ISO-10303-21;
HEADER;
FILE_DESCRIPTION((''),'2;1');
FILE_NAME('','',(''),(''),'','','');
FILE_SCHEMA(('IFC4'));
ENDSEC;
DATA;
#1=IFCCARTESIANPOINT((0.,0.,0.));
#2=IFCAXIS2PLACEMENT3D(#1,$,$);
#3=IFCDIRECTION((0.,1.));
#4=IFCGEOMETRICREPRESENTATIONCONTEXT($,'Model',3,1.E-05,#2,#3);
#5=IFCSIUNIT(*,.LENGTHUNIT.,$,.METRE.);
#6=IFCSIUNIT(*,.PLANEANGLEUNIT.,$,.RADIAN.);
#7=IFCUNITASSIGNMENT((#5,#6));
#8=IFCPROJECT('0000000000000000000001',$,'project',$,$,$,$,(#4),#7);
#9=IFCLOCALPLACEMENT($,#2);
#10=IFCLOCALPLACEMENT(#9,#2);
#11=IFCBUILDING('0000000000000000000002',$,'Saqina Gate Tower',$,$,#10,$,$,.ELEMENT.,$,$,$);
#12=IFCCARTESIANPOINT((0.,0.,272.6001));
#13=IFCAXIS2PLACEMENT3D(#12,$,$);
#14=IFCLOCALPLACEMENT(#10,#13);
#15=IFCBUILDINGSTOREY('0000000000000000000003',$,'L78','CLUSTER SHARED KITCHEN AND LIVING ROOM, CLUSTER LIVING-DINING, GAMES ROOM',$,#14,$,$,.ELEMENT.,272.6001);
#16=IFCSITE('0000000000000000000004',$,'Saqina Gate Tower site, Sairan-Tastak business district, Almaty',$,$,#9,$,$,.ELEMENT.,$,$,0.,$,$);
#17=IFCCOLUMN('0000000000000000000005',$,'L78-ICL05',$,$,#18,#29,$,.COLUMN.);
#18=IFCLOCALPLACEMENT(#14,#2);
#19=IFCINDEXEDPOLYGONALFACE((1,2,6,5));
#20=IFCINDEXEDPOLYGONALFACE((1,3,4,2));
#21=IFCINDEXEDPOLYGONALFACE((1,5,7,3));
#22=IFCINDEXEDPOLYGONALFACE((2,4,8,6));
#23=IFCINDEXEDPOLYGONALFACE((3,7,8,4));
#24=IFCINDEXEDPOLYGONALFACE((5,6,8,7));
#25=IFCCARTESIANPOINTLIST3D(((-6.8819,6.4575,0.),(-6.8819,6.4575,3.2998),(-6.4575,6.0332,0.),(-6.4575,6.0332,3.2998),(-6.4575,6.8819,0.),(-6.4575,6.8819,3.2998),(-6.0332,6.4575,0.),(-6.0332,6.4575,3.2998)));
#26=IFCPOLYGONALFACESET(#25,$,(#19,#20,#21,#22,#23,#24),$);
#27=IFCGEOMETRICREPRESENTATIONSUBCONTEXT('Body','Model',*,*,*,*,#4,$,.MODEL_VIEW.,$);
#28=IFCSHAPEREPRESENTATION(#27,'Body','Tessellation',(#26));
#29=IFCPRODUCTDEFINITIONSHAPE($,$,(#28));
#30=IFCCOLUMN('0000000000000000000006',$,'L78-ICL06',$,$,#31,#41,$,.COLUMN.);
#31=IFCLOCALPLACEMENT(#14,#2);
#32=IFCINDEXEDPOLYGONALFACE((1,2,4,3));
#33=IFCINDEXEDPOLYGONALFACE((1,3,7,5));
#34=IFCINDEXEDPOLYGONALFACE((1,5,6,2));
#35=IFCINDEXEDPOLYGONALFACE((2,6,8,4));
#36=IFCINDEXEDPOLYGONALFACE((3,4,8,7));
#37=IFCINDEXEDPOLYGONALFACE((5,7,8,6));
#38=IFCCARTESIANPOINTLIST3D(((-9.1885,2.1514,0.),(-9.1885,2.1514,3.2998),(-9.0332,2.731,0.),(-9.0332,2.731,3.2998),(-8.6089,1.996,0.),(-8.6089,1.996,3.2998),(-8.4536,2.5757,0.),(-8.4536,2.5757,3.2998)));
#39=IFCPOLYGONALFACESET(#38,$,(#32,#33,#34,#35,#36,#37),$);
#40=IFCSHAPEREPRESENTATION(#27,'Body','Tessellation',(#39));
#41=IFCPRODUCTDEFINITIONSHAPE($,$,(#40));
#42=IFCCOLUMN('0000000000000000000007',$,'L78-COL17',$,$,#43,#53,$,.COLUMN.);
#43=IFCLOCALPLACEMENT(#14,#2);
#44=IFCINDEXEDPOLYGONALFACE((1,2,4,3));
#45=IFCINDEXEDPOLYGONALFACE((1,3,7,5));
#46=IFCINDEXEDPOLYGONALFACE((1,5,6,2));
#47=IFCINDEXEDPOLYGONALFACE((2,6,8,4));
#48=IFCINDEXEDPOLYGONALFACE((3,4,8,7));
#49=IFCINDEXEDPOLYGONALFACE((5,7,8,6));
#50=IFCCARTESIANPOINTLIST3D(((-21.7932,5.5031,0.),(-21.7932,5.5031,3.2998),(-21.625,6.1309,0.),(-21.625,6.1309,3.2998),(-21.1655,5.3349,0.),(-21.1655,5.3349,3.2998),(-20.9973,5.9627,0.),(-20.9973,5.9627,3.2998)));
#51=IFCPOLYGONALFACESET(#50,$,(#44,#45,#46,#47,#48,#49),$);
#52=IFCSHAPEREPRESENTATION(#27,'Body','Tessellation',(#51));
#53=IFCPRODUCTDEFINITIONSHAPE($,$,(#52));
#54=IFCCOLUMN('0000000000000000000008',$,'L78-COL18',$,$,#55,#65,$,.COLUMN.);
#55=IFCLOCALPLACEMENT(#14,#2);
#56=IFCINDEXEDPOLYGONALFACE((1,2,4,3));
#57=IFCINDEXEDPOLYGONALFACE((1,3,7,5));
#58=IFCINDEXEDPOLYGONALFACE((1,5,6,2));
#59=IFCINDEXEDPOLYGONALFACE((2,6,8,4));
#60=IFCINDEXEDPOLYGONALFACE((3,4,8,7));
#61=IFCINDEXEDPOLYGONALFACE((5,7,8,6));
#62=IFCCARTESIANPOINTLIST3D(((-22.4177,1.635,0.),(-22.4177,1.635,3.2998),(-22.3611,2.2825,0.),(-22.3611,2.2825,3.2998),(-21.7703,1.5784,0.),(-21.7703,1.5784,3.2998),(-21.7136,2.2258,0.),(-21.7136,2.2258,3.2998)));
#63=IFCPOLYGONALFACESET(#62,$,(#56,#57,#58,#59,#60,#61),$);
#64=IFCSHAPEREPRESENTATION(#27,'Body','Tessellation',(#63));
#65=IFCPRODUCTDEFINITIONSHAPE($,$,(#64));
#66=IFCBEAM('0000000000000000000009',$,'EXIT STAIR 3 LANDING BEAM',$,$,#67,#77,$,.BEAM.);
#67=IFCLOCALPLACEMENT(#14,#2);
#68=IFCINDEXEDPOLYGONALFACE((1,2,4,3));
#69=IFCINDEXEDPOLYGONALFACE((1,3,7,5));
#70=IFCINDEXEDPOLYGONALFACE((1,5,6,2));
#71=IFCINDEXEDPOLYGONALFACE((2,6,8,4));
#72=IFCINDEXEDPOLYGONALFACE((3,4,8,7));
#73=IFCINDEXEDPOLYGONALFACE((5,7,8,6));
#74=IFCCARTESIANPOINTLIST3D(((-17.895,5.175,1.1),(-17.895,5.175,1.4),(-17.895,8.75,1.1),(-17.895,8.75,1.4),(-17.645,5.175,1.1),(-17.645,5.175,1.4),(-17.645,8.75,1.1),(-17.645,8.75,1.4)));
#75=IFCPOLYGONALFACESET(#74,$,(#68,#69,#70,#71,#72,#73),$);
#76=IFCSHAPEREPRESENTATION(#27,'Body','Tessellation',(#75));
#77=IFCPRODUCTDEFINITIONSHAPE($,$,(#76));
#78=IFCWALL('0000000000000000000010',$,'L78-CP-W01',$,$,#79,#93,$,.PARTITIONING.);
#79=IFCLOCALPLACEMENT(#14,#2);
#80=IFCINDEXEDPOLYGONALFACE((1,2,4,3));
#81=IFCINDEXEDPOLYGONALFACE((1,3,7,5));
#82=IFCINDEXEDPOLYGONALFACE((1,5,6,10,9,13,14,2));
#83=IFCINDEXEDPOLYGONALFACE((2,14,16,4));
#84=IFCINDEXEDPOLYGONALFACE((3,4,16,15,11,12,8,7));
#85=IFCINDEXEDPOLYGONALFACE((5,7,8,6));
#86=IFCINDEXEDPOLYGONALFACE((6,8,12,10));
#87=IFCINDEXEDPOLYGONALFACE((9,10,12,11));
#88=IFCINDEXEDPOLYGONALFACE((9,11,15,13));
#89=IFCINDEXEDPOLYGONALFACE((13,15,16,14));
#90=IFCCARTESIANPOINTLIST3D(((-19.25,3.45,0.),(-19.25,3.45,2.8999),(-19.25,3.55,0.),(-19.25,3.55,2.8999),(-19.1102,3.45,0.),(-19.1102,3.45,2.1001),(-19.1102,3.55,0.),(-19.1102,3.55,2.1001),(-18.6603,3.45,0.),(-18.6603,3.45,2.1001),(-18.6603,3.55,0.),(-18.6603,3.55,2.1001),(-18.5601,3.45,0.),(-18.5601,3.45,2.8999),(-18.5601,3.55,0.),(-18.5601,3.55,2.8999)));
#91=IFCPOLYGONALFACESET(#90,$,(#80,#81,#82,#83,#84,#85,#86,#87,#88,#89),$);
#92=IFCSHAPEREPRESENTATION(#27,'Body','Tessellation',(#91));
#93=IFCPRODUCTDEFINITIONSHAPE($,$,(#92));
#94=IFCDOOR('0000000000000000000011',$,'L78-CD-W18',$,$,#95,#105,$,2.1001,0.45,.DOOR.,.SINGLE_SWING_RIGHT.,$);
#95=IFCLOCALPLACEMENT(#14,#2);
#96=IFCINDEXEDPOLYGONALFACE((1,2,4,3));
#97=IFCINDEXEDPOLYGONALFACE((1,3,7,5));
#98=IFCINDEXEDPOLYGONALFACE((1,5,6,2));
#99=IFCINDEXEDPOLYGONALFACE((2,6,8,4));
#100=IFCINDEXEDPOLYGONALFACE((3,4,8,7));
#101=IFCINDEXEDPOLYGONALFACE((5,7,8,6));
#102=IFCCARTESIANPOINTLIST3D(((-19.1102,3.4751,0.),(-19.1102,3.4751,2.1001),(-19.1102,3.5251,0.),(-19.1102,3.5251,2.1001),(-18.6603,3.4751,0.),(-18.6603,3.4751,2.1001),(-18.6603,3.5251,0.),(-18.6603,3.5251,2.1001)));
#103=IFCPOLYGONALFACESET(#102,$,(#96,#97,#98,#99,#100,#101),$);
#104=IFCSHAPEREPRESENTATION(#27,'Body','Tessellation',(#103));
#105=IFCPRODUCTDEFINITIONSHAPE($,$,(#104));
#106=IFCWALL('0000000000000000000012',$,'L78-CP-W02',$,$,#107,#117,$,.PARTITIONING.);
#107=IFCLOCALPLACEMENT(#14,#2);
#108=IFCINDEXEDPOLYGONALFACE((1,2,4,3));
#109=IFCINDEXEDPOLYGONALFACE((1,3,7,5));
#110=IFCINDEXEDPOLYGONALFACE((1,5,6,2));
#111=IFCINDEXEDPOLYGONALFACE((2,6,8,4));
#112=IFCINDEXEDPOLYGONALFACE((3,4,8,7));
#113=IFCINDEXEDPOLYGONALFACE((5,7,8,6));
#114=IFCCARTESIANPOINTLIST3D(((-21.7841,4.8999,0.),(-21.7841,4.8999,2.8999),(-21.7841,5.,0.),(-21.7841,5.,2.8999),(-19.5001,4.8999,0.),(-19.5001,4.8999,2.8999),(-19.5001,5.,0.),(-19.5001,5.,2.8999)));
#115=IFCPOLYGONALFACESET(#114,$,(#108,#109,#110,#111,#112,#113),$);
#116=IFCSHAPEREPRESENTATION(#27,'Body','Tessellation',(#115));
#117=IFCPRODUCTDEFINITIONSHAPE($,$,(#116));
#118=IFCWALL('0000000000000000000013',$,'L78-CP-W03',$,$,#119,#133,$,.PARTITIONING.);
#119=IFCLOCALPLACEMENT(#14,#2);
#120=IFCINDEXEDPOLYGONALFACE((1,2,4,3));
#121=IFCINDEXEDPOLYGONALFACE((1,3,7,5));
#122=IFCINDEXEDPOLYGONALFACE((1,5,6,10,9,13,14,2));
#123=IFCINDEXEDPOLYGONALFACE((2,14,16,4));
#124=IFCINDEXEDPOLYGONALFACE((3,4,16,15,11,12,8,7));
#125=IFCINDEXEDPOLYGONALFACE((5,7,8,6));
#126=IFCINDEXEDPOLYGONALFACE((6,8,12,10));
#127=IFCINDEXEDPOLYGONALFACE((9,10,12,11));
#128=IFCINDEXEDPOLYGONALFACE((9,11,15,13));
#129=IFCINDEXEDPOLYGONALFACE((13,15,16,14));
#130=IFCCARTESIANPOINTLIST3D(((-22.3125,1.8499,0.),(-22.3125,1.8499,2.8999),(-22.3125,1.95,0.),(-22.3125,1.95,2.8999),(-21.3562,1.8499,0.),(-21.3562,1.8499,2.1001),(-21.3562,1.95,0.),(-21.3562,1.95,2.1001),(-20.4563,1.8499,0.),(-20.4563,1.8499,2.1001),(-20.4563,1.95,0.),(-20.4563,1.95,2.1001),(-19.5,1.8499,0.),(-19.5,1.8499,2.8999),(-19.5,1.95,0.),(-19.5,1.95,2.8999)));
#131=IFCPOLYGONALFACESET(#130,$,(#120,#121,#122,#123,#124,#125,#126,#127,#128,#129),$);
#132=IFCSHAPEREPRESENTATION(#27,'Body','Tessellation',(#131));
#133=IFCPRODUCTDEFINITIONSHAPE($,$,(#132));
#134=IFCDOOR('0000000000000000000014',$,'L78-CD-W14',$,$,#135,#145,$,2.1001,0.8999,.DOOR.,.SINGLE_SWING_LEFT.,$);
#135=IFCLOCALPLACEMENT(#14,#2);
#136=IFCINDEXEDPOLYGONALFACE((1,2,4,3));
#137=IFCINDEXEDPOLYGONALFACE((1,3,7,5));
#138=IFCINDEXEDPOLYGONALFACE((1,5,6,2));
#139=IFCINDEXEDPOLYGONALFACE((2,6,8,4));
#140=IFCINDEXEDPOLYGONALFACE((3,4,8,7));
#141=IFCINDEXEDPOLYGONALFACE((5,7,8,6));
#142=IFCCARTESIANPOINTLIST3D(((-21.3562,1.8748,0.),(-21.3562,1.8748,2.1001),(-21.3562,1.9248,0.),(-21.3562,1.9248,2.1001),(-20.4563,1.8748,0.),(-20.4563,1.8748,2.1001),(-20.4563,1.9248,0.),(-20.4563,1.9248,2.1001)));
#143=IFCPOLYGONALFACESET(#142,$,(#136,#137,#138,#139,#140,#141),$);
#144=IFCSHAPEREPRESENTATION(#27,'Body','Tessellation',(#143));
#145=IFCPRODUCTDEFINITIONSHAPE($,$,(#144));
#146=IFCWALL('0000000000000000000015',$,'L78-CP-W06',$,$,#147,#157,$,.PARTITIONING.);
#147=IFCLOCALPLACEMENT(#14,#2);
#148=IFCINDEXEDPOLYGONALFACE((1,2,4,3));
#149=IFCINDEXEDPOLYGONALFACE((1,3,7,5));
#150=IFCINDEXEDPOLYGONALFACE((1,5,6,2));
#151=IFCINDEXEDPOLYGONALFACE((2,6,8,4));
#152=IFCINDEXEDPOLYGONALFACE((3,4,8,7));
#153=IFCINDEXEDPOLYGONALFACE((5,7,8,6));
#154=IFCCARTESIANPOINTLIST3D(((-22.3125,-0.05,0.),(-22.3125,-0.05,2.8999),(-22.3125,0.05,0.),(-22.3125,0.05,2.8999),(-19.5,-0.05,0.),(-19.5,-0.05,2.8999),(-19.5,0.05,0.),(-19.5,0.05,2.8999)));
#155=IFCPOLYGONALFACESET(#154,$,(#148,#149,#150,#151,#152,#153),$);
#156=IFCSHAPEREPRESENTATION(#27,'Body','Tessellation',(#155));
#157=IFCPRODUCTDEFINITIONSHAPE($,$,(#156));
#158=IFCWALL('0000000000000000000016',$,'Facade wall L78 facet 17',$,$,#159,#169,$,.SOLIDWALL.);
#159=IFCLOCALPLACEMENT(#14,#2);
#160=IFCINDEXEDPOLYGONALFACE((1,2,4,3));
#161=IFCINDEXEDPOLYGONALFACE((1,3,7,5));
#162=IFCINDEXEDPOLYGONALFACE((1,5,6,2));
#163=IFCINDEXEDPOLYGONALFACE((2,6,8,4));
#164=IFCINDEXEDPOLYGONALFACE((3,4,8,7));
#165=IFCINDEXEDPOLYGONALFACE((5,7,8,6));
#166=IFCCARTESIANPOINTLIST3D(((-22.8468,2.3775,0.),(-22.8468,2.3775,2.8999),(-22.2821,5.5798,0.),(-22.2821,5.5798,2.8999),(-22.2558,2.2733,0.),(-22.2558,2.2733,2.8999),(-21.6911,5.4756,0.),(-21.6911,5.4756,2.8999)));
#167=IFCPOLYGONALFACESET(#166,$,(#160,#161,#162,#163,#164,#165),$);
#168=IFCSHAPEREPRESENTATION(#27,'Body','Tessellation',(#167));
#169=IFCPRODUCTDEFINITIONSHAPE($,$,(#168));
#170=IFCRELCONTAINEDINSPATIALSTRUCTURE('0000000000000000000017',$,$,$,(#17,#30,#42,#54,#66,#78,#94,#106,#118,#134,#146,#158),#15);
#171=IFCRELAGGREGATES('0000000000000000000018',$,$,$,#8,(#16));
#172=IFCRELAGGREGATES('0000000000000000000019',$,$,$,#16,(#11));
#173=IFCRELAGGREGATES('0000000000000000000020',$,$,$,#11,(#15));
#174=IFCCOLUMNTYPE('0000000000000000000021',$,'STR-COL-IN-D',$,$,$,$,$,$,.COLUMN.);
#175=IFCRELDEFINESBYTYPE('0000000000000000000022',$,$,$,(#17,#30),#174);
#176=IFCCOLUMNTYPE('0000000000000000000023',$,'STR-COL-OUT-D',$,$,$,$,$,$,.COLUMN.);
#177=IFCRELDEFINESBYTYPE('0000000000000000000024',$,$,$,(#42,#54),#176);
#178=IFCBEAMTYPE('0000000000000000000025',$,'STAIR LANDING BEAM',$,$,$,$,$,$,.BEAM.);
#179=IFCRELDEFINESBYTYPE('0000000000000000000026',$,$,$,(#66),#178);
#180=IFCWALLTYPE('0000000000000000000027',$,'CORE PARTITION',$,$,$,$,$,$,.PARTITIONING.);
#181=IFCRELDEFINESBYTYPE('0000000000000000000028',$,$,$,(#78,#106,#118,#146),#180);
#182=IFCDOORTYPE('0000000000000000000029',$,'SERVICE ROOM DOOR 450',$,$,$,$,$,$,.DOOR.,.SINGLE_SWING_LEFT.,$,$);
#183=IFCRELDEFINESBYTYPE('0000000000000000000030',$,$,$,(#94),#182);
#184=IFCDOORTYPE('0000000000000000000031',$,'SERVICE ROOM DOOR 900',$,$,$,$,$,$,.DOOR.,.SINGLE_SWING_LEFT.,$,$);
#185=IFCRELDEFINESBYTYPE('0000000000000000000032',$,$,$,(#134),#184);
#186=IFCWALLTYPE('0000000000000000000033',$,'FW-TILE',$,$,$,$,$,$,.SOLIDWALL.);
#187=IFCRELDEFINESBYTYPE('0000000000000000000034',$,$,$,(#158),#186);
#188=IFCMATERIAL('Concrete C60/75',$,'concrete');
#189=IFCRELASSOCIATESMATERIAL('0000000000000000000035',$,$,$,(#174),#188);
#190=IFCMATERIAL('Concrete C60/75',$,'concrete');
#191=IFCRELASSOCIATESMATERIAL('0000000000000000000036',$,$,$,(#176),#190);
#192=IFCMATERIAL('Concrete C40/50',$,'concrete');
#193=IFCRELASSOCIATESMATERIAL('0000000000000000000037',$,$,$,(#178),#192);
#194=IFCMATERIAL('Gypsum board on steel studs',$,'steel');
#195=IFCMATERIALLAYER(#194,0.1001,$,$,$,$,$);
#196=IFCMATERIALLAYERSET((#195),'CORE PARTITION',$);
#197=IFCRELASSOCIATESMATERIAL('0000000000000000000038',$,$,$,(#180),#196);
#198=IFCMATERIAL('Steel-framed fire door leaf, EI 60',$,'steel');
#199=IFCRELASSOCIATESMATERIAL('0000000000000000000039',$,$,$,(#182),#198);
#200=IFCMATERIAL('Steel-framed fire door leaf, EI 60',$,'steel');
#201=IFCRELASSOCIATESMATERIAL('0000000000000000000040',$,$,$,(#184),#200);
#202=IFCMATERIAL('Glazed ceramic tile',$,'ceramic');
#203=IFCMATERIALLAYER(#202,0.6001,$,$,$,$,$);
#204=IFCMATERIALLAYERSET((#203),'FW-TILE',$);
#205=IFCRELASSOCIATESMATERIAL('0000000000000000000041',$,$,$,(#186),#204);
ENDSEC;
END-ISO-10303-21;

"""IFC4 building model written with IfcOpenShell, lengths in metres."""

from ifc_helpers import new_model, si_unit, direction, frame, frame_2d, origin, origin_2d, place, context, subcontext, project, spatial, rectangle, extrude, material, layer, layer_set, material_profile, profile_set, type_object, element, fill, save


model = new_model("IFC4")

# Units and contexts
model_context = context("Model", 3, precision=1e-05, world=origin(), true_north=direction((0.0, 1.0)))
body_context = subcontext(model_context, "Body", "Model", "MODEL_VIEW")
ifc_project = project(units=[si_unit("LENGTHUNIT", "METRE"), si_unit("PLANEANGLEUNIT", "RADIAN")], contexts=[model_context])

# Site, building, storey
site_placement = place(None, origin())
site = spatial("IfcSite", under=ifc_project, at=site_placement, Name="Saqina Gate Tower site, Sairan-Tastak business district, Almaty", CompositionType="ELEMENT", RefElevation=0.0)
building_placement = place(site_placement, origin())
building = spatial("IfcBuilding", under=site, at=building_placement, Name="Saqina Gate Tower", CompositionType="ELEMENT")
storey_placement = place(building_placement, frame((0.0, 0.0, 272.6001)))
storey = spatial("IfcBuildingStorey", under=building, at=storey_placement, Name="L78", Description="CLUSTER SHARED KITCHEN AND LIVING ROOM, CLUSTER LIVING-DINING, GAMES ROOM", CompositionType="ELEMENT", Elevation=272.6001)

# Columns
ifc_material_1 = material(Name="Concrete C60/75", Category="concrete")
ifc_material_profile_1 = material_profile(ifc_material_1, rectangle(XDim=0.6001, YDim=0.6001, at=origin_2d()), Name="RC 600x600")
ifc_profile_set_1 = profile_set([ifc_material_profile_1], Name="Concrete C60/75")
column_type_1 = type_object("IfcColumnType", Name="STR-COL-IN-D", PredefinedType="COLUMN", material=ifc_profile_set_1)
for number, where, z_axis, x_axis, name in (
    (1, (-6.4575, 6.4575, 0.0), (0.0, 0.0, 1.0), (-0.707107, 0.707107, 0.0), "L78-ICL05"),
    (2, (-8.821, 2.3635, 0.0), (0.0, 0.0, 1.0), (-0.965926, 0.258819, 0.0), "L78-ICL06"),
):
    element("IfcColumn", number, at=place(storey_placement, frame(where, z_axis=z_axis, x_axis=x_axis)), inside=storey, type_object=column_type_1, Name=name, PredefinedType="COLUMN", context=body_context, shape_type="SweptSolid", body=[
        extrude(rectangle(XDim=0.6001, YDim=0.6001, at=origin_2d()), origin(), (0.0, 0.0, 1.0), 3.2998),
    ])
ifc_material_2 = material(Name="Concrete C60/75", Category="concrete")
ifc_material_profile_2 = material_profile(ifc_material_2, rectangle(XDim=0.6499, YDim=0.6499, at=origin_2d()), Name="RC 650x650")
ifc_profile_set_2 = profile_set([ifc_material_profile_2], Name="Concrete C60/75")
column_type_2 = type_object("IfcColumnType", Name="STR-COL-OUT-D", PredefinedType="COLUMN", material=ifc_profile_set_2)
for number, where, z_axis, x_axis, name in (
    (3, (-21.3953, 5.7329, 0.0), (0.0, 0.0, 1.0), (-0.965926, 0.258819, 0.0), "L78-COL17"),
    (4, (-22.0657, 1.9304, 0.0), (0.0, 0.0, 1.0), (-0.996195, 0.087156, 0.0), "L78-COL18"),
):
    element("IfcColumn", number, at=place(storey_placement, frame(where, z_axis=z_axis, x_axis=x_axis)), inside=storey, type_object=column_type_2, Name=name, PredefinedType="COLUMN", context=body_context, shape_type="SweptSolid", body=[
        extrude(rectangle(XDim=0.6499, YDim=0.6499, at=origin_2d()), origin(), (0.0, 0.0, 1.0), 3.2998),
    ])

# Beam
ifc_material_3 = material(Name="Concrete C40/50", Category="concrete")
ifc_material_profile_3 = material_profile(ifc_material_3, rectangle(XDim=0.25, YDim=0.3, at=origin_2d()), Name="STAIR LANDING BEAM")
ifc_profile_set_3 = profile_set([ifc_material_profile_3], Name="Concrete C40/50")
beam_type = type_object("IfcBeamType", Name="STAIR LANDING BEAM", PredefinedType="BEAM", material=ifc_profile_set_3)
beam_placement = place(storey_placement, frame((-17.77, 5.175, 1.25), z_axis=(0.0, 1.0, 0.0), x_axis=(-1.0, 0.0, 0.0)))
element("IfcBeam", 5, at=beam_placement, inside=storey, type_object=beam_type, Name="EXIT STAIR 3 LANDING BEAM", PredefinedType="BEAM", context=body_context, shape_type="SweptSolid", body=[
    extrude(rectangle(XDim=0.25, YDim=0.3, at=origin_2d()), origin(), (0.0, 0.0, 1.0), 3.575),
])

# Wall, opening, door
ifc_material_4 = material(Name="Gypsum board on steel studs", Category="steel")
ifc_layer_1 = layer(ifc_material_4, 0.1001)
ifc_layer_set_1 = layer_set([ifc_layer_1], Name="CORE PARTITION")
wall_type_1 = type_object("IfcWallType", Name="CORE PARTITION", PredefinedType="PARTITIONING", material=ifc_layer_set_1)
wall_1_placement = place(storey_placement, frame((-18.5601, 3.5, 0.0), z_axis=(0.0, 0.0, 1.0), x_axis=(-1.0, 0.0, 0.0)))
wall_1 = element("IfcWall", 6, at=wall_1_placement, inside=storey, type_object=wall_type_1, Name="L78-CP-W01", PredefinedType="PARTITIONING", context=body_context, shape_type="SweptSolid", body=[
    extrude(rectangle(XDim=0.6899, YDim=0.1001, at=frame_2d((0.345, 0.0))), origin(), (0.0, 0.0, 1.0), 2.8999),
])
opening_1_placement = place(wall_1_placement, frame((0.1001, 0.0, 0.0)))
opening_1 = element("IfcOpeningElement", 7, at=opening_1_placement, cuts=wall_1, PredefinedType="OPENING", context=body_context, shape_type="SweptSolid", body=[
    extrude(rectangle(XDim=0.45, YDim=2.1001, at=frame_2d((0.2251, 1.05))), frame((0.0, 0.062, 0.0), z_axis=(0.0, -1.0, 0.0), x_axis=(1.0, 0.0, 0.0)), (0.0, 0.0, 1.0), 0.124),
])
ifc_material_5 = material(Name="Steel-framed fire door leaf, EI 60", Category="steel")
door_type_1 = type_object("IfcDoorType", Name="SERVICE ROOM DOOR 450", OperationType="SINGLE_SWING_LEFT", PredefinedType="DOOR", material=ifc_material_5)
door_1_placement = place(opening_1_placement, origin())
door_1 = element("IfcDoor", 8, at=door_1_placement, inside=storey, type_object=door_type_1, Name="L78-CD-W18", OperationType="SINGLE_SWING_RIGHT", OverallHeight=2.1001, OverallWidth=0.45, PredefinedType="DOOR", context=body_context, shape_type="SweptSolid", body=[
    extrude(rectangle(XDim=0.45, YDim=2.1001, at=frame_2d((0.2251, 1.05))), frame((0.0, 0.0249, 0.0), z_axis=(0.0, -1.0, 0.0), x_axis=(1.0, 0.0, 0.0)), (0.0, 0.0, 1.0), 0.05),
])
fill(opening_1, door_1)

# Wall
wall_2_placement = place(storey_placement, frame((-19.5, 4.95, 0.0), z_axis=(0.0, 0.0, 1.0), x_axis=(-1.0, 0.0, 0.0)))
element("IfcWall", 9, at=wall_2_placement, inside=storey, type_object=wall_type_1, Name="L78-CP-W02", PredefinedType="PARTITIONING", context=body_context, shape_type="SweptSolid", body=[
    extrude(rectangle(XDim=2.2839, YDim=0.1001, at=frame_2d((1.1421, 0.0))), origin(), (0.0, 0.0, 1.0), 2.8999),
])

# Wall, opening, door
wall_3_placement = place(storey_placement, frame((-19.5, 1.8999, 0.0), z_axis=(0.0, 0.0, 1.0), x_axis=(-1.0, 0.0, 0.0)))
wall_3 = element("IfcWall", 10, at=wall_3_placement, inside=storey, type_object=wall_type_1, Name="L78-CP-W03", PredefinedType="PARTITIONING", context=body_context, shape_type="SweptSolid", body=[
    extrude(rectangle(XDim=2.8125, YDim=0.1001, at=frame_2d((1.4062, 0.0))), origin(), (0.0, 0.0, 1.0), 2.8999),
])
opening_2_placement = place(wall_3_placement, frame((0.9563, 0.0, 0.0)))
opening_2 = element("IfcOpeningElement", 11, at=opening_2_placement, cuts=wall_3, PredefinedType="OPENING", context=body_context, shape_type="SweptSolid", body=[
    extrude(rectangle(XDim=0.8999, YDim=2.1001, at=frame_2d((0.45, 1.05))), frame((0.0, 0.062, 0.0), z_axis=(0.0, -1.0, 0.0), x_axis=(1.0, 0.0, 0.0)), (0.0, 0.0, 1.0), 0.124),
])
ifc_material_6 = material(Name="Steel-framed fire door leaf, EI 60", Category="steel")
door_type_2 = type_object("IfcDoorType", Name="SERVICE ROOM DOOR 900", OperationType="SINGLE_SWING_LEFT", PredefinedType="DOOR", material=ifc_material_6)
door_2_placement = place(opening_2_placement, frame((0.8999, 0.0, 0.0), z_axis=(0.0, 0.0, 1.0), x_axis=(-1.0, 0.0, 0.0)))
door_2 = element("IfcDoor", 12, at=door_2_placement, inside=storey, type_object=door_type_2, Name="L78-CD-W14", OperationType="SINGLE_SWING_LEFT", OverallHeight=2.1001, OverallWidth=0.8999, PredefinedType="DOOR", context=body_context, shape_type="SweptSolid", body=[
    extrude(rectangle(XDim=0.8999, YDim=2.1001, at=frame_2d((0.45, 1.05))), frame((0.0, 0.0249, 0.0), z_axis=(0.0, -1.0, 0.0), x_axis=(1.0, 0.0, 0.0)), (0.0, 0.0, 1.0), 0.05),
])
fill(opening_2, door_2)

# Walls
wall_4_placement = place(storey_placement, frame((-19.5, 0.0, 0.0), z_axis=(0.0, 0.0, 1.0), x_axis=(-1.0, 0.0, 0.0)))
element("IfcWall", 13, at=wall_4_placement, inside=storey, type_object=wall_type_1, Name="L78-CP-W06", PredefinedType="PARTITIONING", context=body_context, shape_type="SweptSolid", body=[
    extrude(rectangle(XDim=2.8125, YDim=0.1001, at=frame_2d((1.4062, 0.0))), origin(), (0.0, 0.0, 1.0), 2.8999),
])
ifc_material_7 = material(Name="Glazed ceramic tile", Category="ceramic")
ifc_layer_2 = layer(ifc_material_7, 0.6001)
ifc_layer_set_2 = layer_set([ifc_layer_2], Name="FW-TILE")
wall_type_2 = type_object("IfcWallType", Name="FW-TILE", PredefinedType="SOLIDWALL", material=ifc_layer_set_2)
wall_5_placement = place(storey_placement, frame((-21.9866, 5.5278, 0.0), z_axis=(0.0, 0.0, 1.0), x_axis=(-0.173657, -0.984806, 0.0)))
element("IfcWall", 14, at=wall_5_placement, inside=storey, type_object=wall_type_2, Name="Facade wall L78 facet 17", PredefinedType="SOLIDWALL", context=body_context, shape_type="SweptSolid", body=[
    extrude(rectangle(XDim=3.2517, YDim=0.6001, at=frame_2d((1.626, 0.0))), origin(), (0.0, 0.0, 1.0), 2.8999),
])

save(model, "model.ifc")
